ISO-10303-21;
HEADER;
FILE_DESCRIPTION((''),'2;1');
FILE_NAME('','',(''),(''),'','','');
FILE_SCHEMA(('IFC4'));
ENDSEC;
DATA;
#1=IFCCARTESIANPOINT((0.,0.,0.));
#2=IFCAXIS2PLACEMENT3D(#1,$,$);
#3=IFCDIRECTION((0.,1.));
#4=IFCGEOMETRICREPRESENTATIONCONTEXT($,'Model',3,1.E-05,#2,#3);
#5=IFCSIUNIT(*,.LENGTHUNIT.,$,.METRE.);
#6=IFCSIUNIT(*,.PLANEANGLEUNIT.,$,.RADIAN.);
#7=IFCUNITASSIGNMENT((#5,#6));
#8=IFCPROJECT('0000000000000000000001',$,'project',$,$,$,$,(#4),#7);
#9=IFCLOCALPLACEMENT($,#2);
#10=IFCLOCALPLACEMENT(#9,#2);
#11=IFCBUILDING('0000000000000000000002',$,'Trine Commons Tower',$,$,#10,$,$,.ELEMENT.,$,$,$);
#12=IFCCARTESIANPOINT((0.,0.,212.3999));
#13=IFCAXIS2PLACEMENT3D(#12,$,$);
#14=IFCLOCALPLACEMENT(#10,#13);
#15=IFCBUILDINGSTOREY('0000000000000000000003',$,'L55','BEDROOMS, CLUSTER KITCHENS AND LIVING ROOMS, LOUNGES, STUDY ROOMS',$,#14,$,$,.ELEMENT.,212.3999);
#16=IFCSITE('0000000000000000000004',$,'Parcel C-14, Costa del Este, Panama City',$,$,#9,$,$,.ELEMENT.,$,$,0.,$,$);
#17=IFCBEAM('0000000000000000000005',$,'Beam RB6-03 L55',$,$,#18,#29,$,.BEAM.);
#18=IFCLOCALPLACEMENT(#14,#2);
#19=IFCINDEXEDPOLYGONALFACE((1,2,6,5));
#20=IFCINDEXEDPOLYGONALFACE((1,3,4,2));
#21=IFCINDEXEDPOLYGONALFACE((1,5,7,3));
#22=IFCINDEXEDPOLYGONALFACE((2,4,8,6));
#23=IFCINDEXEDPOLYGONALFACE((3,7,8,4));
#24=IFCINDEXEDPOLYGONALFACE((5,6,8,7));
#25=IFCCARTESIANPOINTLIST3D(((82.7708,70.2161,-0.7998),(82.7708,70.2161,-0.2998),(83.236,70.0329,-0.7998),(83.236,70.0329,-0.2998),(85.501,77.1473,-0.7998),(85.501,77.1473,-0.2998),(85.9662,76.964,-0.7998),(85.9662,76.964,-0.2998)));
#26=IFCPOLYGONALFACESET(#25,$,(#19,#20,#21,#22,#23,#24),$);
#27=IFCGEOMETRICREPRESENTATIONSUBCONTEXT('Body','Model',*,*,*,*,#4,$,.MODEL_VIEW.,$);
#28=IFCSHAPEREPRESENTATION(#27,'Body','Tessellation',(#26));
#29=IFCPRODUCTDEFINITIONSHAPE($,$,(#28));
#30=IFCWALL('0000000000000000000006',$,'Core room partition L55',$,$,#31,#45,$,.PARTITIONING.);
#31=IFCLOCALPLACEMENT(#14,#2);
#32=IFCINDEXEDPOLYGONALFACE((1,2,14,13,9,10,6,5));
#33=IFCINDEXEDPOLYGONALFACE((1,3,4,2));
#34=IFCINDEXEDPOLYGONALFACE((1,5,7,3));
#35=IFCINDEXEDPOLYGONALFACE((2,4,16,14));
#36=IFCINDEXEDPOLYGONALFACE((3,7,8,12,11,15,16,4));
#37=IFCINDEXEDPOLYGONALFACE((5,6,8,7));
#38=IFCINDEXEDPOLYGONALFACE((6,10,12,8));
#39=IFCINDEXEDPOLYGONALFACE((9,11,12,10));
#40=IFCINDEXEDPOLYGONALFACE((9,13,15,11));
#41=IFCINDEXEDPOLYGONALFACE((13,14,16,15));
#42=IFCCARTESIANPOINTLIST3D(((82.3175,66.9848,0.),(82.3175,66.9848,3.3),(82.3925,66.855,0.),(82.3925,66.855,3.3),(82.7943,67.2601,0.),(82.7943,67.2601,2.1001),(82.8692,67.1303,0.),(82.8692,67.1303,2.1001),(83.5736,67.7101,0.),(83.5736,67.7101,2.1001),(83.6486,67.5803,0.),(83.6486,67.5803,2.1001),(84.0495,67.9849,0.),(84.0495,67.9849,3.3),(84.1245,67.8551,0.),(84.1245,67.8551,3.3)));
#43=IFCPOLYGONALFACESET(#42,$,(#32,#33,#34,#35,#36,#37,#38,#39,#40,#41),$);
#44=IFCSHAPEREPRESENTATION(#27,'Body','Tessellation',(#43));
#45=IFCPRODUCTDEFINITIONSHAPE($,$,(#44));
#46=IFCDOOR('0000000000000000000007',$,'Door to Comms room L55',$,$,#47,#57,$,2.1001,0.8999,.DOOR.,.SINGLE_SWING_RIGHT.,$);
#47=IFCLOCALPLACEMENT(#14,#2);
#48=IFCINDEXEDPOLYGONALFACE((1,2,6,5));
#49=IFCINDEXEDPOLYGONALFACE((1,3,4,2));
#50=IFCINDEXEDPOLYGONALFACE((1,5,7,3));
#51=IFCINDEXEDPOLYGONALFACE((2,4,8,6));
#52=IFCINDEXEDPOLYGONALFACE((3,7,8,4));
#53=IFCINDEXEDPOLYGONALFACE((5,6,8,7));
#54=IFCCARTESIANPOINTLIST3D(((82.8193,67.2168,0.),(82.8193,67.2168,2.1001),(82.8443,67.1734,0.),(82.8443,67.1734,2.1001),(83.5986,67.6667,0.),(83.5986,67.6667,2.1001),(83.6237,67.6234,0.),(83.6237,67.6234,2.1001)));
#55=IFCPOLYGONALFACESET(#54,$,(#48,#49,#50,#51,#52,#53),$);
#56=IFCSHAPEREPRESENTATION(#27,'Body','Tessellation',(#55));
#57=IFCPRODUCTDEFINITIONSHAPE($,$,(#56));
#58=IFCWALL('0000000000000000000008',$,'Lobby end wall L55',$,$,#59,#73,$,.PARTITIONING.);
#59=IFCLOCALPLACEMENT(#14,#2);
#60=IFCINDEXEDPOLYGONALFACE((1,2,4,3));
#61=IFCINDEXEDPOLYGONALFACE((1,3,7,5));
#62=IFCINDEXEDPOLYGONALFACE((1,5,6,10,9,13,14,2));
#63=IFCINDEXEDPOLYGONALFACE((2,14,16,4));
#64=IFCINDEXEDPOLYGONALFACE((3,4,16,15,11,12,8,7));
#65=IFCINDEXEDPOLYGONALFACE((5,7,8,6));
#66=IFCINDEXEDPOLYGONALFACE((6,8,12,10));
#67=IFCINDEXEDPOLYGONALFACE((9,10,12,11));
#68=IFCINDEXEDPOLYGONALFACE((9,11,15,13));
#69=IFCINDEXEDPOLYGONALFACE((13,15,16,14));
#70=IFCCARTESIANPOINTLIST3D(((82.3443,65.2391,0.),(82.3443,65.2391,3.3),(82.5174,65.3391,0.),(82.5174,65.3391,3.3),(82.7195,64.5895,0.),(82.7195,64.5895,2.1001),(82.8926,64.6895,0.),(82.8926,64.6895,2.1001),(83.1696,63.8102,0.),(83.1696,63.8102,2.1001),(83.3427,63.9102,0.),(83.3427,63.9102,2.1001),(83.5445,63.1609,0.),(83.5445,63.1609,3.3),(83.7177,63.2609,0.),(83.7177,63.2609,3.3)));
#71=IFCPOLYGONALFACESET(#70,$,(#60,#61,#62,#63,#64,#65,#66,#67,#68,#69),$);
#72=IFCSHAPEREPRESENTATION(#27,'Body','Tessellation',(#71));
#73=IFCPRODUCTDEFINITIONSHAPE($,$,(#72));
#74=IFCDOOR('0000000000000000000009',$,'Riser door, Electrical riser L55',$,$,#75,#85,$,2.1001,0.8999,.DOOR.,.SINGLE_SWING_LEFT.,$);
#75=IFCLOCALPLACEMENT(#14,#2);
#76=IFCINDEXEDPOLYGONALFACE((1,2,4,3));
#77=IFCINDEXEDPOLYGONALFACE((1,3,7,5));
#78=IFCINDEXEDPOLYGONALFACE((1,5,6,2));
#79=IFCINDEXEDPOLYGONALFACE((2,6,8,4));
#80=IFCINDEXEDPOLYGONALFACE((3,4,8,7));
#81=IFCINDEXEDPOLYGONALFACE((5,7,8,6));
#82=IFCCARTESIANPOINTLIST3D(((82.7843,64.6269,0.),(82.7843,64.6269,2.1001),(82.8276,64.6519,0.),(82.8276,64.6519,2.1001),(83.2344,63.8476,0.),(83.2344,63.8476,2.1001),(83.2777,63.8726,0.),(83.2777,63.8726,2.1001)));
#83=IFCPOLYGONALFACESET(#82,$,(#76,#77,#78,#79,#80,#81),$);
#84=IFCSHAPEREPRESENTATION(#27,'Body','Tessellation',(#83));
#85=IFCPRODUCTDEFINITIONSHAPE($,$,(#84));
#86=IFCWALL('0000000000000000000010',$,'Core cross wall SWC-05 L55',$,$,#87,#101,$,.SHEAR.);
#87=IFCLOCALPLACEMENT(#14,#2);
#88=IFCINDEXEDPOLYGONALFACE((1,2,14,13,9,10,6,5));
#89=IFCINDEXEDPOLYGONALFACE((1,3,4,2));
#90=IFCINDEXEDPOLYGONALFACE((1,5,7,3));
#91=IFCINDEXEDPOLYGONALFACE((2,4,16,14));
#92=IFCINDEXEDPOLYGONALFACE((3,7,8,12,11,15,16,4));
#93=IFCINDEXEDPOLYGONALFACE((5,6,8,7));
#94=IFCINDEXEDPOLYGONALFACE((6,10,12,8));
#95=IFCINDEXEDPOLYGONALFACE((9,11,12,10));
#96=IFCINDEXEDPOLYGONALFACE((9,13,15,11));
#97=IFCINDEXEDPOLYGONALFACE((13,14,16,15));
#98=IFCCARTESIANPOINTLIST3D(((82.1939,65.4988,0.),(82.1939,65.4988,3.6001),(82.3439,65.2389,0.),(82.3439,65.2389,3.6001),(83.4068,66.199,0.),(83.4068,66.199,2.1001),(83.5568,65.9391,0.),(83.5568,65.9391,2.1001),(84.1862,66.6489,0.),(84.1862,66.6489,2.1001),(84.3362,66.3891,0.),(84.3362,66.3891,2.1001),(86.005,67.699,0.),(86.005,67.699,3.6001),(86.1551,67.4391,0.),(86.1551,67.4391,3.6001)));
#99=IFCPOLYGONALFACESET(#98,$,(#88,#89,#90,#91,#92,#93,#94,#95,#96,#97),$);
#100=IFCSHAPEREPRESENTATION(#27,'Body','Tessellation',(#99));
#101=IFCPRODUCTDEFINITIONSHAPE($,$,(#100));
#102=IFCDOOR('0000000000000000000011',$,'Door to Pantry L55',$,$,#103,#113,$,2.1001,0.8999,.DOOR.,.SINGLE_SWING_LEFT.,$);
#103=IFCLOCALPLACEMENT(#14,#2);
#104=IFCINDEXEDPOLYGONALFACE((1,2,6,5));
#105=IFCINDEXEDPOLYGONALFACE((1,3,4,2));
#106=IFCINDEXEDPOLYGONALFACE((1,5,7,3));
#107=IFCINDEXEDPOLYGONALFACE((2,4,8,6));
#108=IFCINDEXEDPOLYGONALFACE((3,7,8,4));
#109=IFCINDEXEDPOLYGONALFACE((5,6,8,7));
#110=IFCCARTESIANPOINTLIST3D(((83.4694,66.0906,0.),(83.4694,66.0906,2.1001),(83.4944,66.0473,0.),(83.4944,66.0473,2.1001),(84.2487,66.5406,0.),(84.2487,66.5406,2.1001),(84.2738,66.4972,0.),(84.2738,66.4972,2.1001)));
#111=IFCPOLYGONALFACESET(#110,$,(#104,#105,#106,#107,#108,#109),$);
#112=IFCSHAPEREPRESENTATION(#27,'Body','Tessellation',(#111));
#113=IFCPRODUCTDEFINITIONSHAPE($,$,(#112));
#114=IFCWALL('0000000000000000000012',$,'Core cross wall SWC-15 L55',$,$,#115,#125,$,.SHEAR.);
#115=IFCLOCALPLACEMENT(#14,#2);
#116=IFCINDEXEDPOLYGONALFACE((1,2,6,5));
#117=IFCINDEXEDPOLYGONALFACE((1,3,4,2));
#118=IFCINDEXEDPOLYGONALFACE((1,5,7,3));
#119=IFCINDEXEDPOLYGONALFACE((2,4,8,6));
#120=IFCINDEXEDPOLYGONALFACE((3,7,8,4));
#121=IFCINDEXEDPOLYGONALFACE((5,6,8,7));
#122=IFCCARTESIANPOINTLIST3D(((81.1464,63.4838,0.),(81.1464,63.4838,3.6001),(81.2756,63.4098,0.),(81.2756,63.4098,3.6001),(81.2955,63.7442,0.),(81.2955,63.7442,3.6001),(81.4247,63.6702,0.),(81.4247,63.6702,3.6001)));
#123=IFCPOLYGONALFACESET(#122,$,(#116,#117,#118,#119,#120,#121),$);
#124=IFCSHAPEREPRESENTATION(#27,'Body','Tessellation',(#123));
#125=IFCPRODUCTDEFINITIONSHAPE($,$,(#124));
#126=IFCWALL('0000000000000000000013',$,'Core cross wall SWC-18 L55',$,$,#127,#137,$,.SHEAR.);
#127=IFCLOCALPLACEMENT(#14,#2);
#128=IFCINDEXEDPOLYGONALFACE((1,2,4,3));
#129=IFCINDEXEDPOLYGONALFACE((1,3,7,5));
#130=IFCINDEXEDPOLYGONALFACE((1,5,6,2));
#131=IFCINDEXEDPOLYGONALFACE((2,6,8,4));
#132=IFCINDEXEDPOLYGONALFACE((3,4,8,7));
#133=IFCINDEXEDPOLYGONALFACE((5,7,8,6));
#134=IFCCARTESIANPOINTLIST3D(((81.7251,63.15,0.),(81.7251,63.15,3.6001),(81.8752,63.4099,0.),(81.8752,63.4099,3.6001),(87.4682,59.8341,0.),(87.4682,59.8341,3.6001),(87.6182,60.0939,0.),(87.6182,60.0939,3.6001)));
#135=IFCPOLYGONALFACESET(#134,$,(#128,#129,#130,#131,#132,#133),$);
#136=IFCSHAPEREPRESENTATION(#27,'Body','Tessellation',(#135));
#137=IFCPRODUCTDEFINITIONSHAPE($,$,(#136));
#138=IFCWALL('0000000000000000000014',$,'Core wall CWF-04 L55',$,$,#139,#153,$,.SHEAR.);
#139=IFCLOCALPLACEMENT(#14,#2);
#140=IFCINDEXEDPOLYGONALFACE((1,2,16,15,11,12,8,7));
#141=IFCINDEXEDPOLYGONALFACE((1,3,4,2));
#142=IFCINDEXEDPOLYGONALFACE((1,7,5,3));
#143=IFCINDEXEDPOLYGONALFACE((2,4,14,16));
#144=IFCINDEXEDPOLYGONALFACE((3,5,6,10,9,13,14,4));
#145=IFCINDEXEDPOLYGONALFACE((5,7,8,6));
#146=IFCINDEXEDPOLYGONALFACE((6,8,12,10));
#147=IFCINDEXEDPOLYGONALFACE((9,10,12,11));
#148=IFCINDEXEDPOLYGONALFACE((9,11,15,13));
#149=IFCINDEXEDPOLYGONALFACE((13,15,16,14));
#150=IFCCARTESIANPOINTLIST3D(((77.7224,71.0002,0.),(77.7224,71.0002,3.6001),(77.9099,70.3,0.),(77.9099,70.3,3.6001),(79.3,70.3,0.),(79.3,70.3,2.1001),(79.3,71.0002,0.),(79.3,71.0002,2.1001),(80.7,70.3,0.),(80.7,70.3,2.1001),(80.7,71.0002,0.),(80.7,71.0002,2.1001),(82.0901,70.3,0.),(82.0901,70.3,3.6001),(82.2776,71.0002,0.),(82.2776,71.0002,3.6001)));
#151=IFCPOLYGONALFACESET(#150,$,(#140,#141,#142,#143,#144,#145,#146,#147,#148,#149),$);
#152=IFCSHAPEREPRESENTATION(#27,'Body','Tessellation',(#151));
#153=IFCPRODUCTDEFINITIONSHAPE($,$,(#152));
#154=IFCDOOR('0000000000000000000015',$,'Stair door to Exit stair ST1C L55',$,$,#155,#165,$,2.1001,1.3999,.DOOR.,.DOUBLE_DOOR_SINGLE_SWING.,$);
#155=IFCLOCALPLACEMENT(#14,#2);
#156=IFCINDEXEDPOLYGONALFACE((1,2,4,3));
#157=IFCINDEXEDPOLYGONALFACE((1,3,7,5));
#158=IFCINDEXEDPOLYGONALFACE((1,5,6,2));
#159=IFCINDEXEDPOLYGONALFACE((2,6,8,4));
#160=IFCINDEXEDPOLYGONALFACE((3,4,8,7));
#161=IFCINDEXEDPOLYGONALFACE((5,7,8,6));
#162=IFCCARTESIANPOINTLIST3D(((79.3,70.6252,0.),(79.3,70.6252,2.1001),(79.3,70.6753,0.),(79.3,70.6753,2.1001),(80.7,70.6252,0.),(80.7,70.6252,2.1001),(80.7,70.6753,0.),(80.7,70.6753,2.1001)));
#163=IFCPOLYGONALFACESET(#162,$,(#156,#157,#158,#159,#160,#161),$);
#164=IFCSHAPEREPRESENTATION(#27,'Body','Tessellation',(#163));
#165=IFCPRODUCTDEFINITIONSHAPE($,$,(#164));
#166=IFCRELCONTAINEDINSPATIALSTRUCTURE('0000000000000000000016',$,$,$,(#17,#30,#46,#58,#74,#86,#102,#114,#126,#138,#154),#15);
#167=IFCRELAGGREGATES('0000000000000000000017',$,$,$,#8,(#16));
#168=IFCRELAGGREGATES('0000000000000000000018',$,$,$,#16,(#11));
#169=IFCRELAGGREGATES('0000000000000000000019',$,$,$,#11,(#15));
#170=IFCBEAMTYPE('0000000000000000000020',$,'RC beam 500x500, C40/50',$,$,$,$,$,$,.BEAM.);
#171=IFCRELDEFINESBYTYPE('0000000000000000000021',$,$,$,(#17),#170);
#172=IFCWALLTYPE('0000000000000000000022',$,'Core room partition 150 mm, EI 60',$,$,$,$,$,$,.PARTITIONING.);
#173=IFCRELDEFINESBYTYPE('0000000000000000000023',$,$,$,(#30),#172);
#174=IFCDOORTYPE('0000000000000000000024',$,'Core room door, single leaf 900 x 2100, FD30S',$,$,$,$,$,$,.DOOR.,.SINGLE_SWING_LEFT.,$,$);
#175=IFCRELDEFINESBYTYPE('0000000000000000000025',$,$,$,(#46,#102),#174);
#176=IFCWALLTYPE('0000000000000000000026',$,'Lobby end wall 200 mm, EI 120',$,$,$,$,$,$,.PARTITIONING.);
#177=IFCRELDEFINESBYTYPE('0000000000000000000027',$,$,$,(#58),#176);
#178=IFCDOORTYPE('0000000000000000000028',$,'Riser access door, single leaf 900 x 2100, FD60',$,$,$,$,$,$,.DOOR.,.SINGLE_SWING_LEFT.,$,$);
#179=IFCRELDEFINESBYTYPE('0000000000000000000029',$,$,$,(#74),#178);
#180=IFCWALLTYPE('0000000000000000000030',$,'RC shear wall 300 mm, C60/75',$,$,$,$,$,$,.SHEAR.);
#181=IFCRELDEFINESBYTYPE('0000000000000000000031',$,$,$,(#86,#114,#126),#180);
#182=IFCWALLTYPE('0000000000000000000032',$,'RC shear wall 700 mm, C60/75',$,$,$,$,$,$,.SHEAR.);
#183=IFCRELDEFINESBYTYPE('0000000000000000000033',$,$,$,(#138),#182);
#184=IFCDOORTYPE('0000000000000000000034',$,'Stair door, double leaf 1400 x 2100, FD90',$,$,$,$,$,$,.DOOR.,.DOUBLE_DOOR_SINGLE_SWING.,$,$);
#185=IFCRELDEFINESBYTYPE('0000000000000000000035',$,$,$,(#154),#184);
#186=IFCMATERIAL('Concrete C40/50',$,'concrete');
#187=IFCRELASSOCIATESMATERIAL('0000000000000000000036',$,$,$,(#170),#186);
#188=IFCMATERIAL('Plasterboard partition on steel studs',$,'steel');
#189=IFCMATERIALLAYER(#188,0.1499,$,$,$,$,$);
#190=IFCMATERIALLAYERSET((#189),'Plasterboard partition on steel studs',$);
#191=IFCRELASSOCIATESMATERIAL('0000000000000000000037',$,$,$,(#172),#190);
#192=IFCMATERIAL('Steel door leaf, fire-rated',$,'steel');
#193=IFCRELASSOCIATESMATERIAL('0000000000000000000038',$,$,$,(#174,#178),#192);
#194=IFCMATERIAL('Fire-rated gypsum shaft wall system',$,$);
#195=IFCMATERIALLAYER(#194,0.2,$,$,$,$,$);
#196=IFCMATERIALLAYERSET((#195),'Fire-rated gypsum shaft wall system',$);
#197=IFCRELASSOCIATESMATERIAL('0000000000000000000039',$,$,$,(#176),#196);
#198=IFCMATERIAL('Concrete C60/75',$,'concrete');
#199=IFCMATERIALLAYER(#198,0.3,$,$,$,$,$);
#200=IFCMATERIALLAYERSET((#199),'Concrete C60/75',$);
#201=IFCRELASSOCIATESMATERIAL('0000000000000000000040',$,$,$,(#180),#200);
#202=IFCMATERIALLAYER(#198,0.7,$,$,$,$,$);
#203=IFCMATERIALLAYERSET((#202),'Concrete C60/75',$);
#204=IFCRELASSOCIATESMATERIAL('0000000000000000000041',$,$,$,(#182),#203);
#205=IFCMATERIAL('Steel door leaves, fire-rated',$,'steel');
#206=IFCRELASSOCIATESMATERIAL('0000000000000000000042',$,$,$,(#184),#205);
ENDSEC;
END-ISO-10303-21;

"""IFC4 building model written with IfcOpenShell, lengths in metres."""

from ifc_helpers import new_model, si_unit, direction, frame, frame_2d, origin, origin_2d, place, context, subcontext, project, spatial, polyline, rectangle, outline, extrude, material, layer, layer_set, material_profile, profile_set, type_object, element, fill, save


model = new_model("IFC4")

# Units and contexts
model_context = context("Model", 3, precision=1e-05, world=origin(), true_north=direction((0.0, 1.0)))
body_context = subcontext(model_context, "Body", "Model", "MODEL_VIEW")
ifc_project = project(units=[si_unit("LENGTHUNIT", "METRE"), si_unit("PLANEANGLEUNIT", "RADIAN")], contexts=[model_context])

# Site, building, storey
site_placement = place(None, origin())
site = spatial("IfcSite", under=ifc_project, at=site_placement, Name="Parcel C-14, Costa del Este, Panama City", CompositionType="ELEMENT", RefElevation=0.0)
building_placement = place(site_placement, origin())
building = spatial("IfcBuilding", under=site, at=building_placement, Name="Trine Commons Tower", CompositionType="ELEMENT")
storey_placement = place(building_placement, frame((0.0, 0.0, 212.3999)))
storey = spatial("IfcBuildingStorey", under=building, at=storey_placement, Name="L55", Description="BEDROOMS, CLUSTER KITCHENS AND LIVING ROOMS, LOUNGES, STUDY ROOMS", CompositionType="ELEMENT", Elevation=212.3999)

# Beam
ifc_material_1 = material(Name="Concrete C40/50", Category="concrete")
ifc_material_profile = material_profile(ifc_material_1, rectangle(XDim=0.5, YDim=0.5, at=origin_2d()), Name="RC 500x500")
ifc_profile_set = profile_set([ifc_material_profile], Name="Concrete C40/50")
beam_type = type_object("IfcBeamType", Name="RC beam 500x500, C40/50", PredefinedType="BEAM", material=ifc_profile_set)
beam_placement = place(storey_placement, frame((83.0034, 70.1245, -0.5498), z_axis=(0.366498, 0.930419, 0.0), x_axis=(-0.930419, 0.366498, 0.0)))
element("IfcBeam", 1, at=beam_placement, inside=storey, type_object=beam_type, Name="Beam RB6-03 L55", PredefinedType="BEAM", context=body_context, shape_type="SweptSolid", body=[
    extrude(rectangle(XDim=0.5, YDim=0.5, at=origin_2d()), origin(), (0.0, 0.0, 1.0), 7.4495),
])

# Walls, openings, doors
ifc_material_2 = material(Name="Plasterboard partition on steel studs", Category="steel")
ifc_layer_1 = layer(ifc_material_2, 0.1499)
ifc_layer_set_1 = layer_set([ifc_layer_1], Name="Plasterboard partition on steel studs")
wall_type_1 = type_object("IfcWallType", Name="Core room partition 150 mm, EI 60", PredefinedType="PARTITIONING", material=ifc_layer_set_1)
wall_1_placement = place(storey_placement, frame((82.355, 66.9199, 0.0), z_axis=(0.0, 0.0, 1.0), x_axis=(0.866011, 0.500025, 0.0)))
wall_1 = element("IfcWall", 2, at=wall_1_placement, inside=storey, type_object=wall_type_1, Name="Core room partition L55", PredefinedType="PARTITIONING", context=body_context, shape_type="SweptSolid", body=[
    extrude(rectangle(XDim=2.0, YDim=0.1499, at=frame_2d((1.0, 0.0))), origin(), (0.0, 0.0, 1.0), 3.3),
])
opening_1_placement = place(wall_1_placement, frame((0.5505, 0.0, 0.0)))
opening_1 = element("IfcOpeningElement", 3, at=opening_1_placement, cuts=wall_1, PredefinedType="OPENING", context=body_context, shape_type="SweptSolid", body=[
    extrude(rectangle(XDim=0.8999, YDim=2.1001, at=frame_2d((0.45, 1.05))), frame((0.0, 0.085, 0.0), z_axis=(0.0, -1.0, 0.0), x_axis=(1.0, 0.0, 0.0)), (0.0, 0.0, 1.0), 0.1699),
])
ifc_material_3 = material(Name="Steel door leaf, fire-rated", Category="steel")
door_type_1 = type_object("IfcDoorType", Name="Core room door, single leaf 900 x 2100, FD30S", OperationType="SINGLE_SWING_LEFT", PredefinedType="DOOR", material=ifc_material_3)
door_1_placement = place(opening_1_placement, origin())
door_1 = element("IfcDoor", 4, at=door_1_placement, inside=storey, type_object=door_type_1, Name="Door to Comms room L55", OperationType="SINGLE_SWING_RIGHT", OverallHeight=2.1001, OverallWidth=0.8999, PredefinedType="DOOR", context=body_context, shape_type="SweptSolid", body=[
    extrude(rectangle(XDim=0.8999, YDim=2.1001, at=frame_2d((0.45, 1.05))), frame((0.0, 0.0249, 0.0), z_axis=(0.0, -1.0, 0.0), x_axis=(1.0, 0.0, 0.0)), (0.0, 0.0, 1.0), 0.05),
])
fill(opening_1, door_1)
ifc_material_4 = material(Name="Fire-rated gypsum shaft wall system")
ifc_layer_2 = layer(ifc_material_4, 0.2)
ifc_layer_set_2 = layer_set([ifc_layer_2], Name="Fire-rated gypsum shaft wall system")
wall_type_2 = type_object("IfcWallType", Name="Lobby end wall 200 mm, EI 120", PredefinedType="PARTITIONING", material=ifc_layer_set_2)
wall_2_placement = place(storey_placement, frame((83.6311, 63.2109, 0.0), z_axis=(0.0, 0.0, 1.0), x_axis=(-0.500122, 0.865955, 0.0)))
wall_2 = element("IfcWall", 5, at=wall_2_placement, inside=storey, type_object=wall_type_2, Name="Lobby end wall L55", PredefinedType="PARTITIONING", context=body_context, shape_type="SweptSolid", body=[
    extrude(rectangle(XDim=2.3999, YDim=0.2, at=frame_2d((1.2, 0.0))), origin(), (0.0, 0.0, 1.0), 3.3),
])
opening_2_placement = place(wall_2_placement, frame((0.7498, 0.0, 0.0)))
opening_2 = element("IfcOpeningElement", 6, at=opening_2_placement, cuts=wall_2, PredefinedType="OPENING", context=body_context, shape_type="SweptSolid", body=[
    extrude(rectangle(XDim=0.8999, YDim=2.1001, at=frame_2d((0.45, 1.05))), frame((0.0, 0.1099, 0.0), z_axis=(0.0, -1.0, 0.0), x_axis=(1.0, 0.0, 0.0)), (0.0, 0.0, 1.0), 0.22),
])
door_type_2 = type_object("IfcDoorType", Name="Riser access door, single leaf 900 x 2100, FD60", OperationType="SINGLE_SWING_LEFT", PredefinedType="DOOR", material=ifc_material_3)
door_2_placement = place(opening_2_placement, frame((0.8999, 0.0, 0.0), z_axis=(0.0, 0.0, 1.0), x_axis=(-1.0, 0.0, 0.0)))
door_2 = element("IfcDoor", 7, at=door_2_placement, inside=storey, type_object=door_type_2, Name="Riser door, Electrical riser L55", OperationType="SINGLE_SWING_LEFT", OverallHeight=2.1001, OverallWidth=0.8999, PredefinedType="DOOR", context=body_context, shape_type="SweptSolid", body=[
    extrude(rectangle(XDim=0.8999, YDim=2.1001, at=frame_2d((0.45, 1.05))), frame((0.0, 0.0249, 0.0), z_axis=(0.0, -1.0, 0.0), x_axis=(1.0, 0.0, 0.0)), (0.0, 0.0, 1.0), 0.05),
])
fill(opening_2, door_2)
ifc_material_5 = material(Name="Concrete C60/75", Category="concrete")
ifc_layer_3 = layer(ifc_material_5, 0.3)
ifc_layer_set_3 = layer_set([ifc_layer_3], Name="Concrete C60/75")
wall_type_3 = type_object("IfcWallType", Name="RC shear wall 300 mm, C60/75", PredefinedType="SHEAR", material=ifc_layer_set_3)
wall_3_placement = place(storey_placement, frame((82.269, 65.3689, 0.0), z_axis=(0.0, 0.0, 1.0), x_axis=(0.866036, 0.499982, 0.0)))
wall_3 = element("IfcWall", 8, at=wall_3_placement, inside=storey, type_object=wall_type_3, Name="Core cross wall SWC-05 L55", PredefinedType="SHEAR", context=body_context, shape_type="SweptSolid", body=[
    extrude(rectangle(XDim=4.4006, YDim=0.3, at=frame_2d((2.2002, 0.0))), origin(), (0.0, 0.0, 1.0), 3.6001),
])
opening_3_placement = place(wall_3_placement, frame((1.4004, 0.0, 0.0)))
opening_3 = element("IfcOpeningElement", 9, at=opening_3_placement, cuts=wall_3, PredefinedType="OPENING", context=body_context, shape_type="SweptSolid", body=[
    extrude(rectangle(XDim=0.8999, YDim=2.1001, at=frame_2d((0.45, 1.05))), frame((0.0, 0.1599, 0.0), z_axis=(0.0, -1.0, 0.0), x_axis=(1.0, 0.0, 0.0)), (0.0, 0.0, 1.0), 0.3201),
])
door_3_placement = place(opening_3_placement, origin())
door_3 = element("IfcDoor", 10, at=door_3_placement, inside=storey, type_object=door_type_1, Name="Door to Pantry L55", OperationType="SINGLE_SWING_LEFT", OverallHeight=2.1001, OverallWidth=0.8999, PredefinedType="DOOR", context=body_context, shape_type="SweptSolid", body=[
    extrude(rectangle(XDim=0.8999, YDim=2.1001, at=frame_2d((0.45, 1.05))), frame((0.0, 0.0249, 0.0), z_axis=(0.0, -1.0, 0.0), x_axis=(1.0, 0.0, 0.0)), (0.0, 0.0, 1.0), 0.05),
])
fill(opening_3, door_3)

# Walls
wall_4_placement = place(storey_placement, frame((81.2209, 63.614, 0.0), z_axis=(0.0, 0.0, 1.0), x_axis=(0.867738, -0.497022, 0.0)))
element("IfcWall", 11, at=wall_4_placement, inside=storey, type_object=wall_type_3, Name="Core cross wall SWC-15 L55", PredefinedType="SHEAR", context=body_context, shape_type="SweptSolid", body=[
    extrude(rectangle(XDim=0.1489, YDim=0.3, at=frame_2d((0.0745, 0.0))), origin(), (0.0, 0.0, 1.0), 3.6001),
])
wall_5_placement = place(storey_placement, frame((81.8, 63.28, 0.0), z_axis=(0.0, 0.0, 1.0), x_axis=(0.86601, -0.500027, 0.0)))
element("IfcWall", 12, at=wall_5_placement, inside=storey, type_object=wall_type_3, Name="Core cross wall SWC-18 L55", PredefinedType="SHEAR", context=body_context, shape_type="SweptSolid", body=[
    extrude(rectangle(XDim=6.6316, YDim=0.3, at=frame_2d((3.3159, 0.0))), origin(), (0.0, 0.0, 1.0), 3.6001),
])

# Wall, opening, door
ifc_layer_4 = layer(ifc_material_5, 0.7)
ifc_layer_set_4 = layer_set([ifc_layer_4], Name="Concrete C60/75")
wall_type_4 = type_object("IfcWallType", Name="RC shear wall 700 mm, C60/75", PredefinedType="SHEAR", material=ifc_layer_set_4)
wall_6_placement = place(storey_placement, frame((82.2776, 70.6501, 0.0), z_axis=(0.0, 0.0, 1.0), x_axis=(-1.0, 0.0, 0.0)))
wall_6 = element("IfcWall", 13, at=wall_6_placement, inside=storey, type_object=wall_type_4, Name="Core wall CWF-04 L55", PredefinedType="SHEAR", context=body_context, shape_type="SweptSolid", body=[
    extrude(outline(polyline([(0.0, -0.3501), (4.5552, -0.3501), (4.3677, 0.3501), (0.1875, 0.3501), (0.0, -0.3501)])), origin(), (0.0, 0.0, 1.0), 3.6001),
])
opening_4_placement = place(wall_6_placement, frame((1.5776, 0.0, 0.0)))
opening_4 = element("IfcOpeningElement", 14, at=opening_4_placement, cuts=wall_6, PredefinedType="OPENING", context=body_context, shape_type="SweptSolid", body=[
    extrude(rectangle(XDim=1.3999, YDim=2.1001, at=frame_2d((0.7, 1.05))), frame((0.0, 0.3599, 0.0), z_axis=(0.0, -1.0, 0.0), x_axis=(1.0, 0.0, 0.0)), (0.0, 0.0, 1.0), 0.72),
])
ifc_material_6 = material(Name="Steel door leaves, fire-rated", Category="steel")
door_type_3 = type_object("IfcDoorType", Name="Stair door, double leaf 1400 x 2100, FD90", OperationType="DOUBLE_DOOR_SINGLE_SWING", PredefinedType="DOOR", material=ifc_material_6)
door_4_placement = place(opening_4_placement, origin())
door_4 = element("IfcDoor", 15, at=door_4_placement, inside=storey, type_object=door_type_3, Name="Stair door to Exit stair ST1C L55", OperationType="DOUBLE_DOOR_SINGLE_SWING", OverallHeight=2.1001, OverallWidth=1.3999, PredefinedType="DOOR", context=body_context, shape_type="SweptSolid", body=[
    extrude(rectangle(XDim=1.3999, YDim=2.1001, at=frame_2d((0.7, 1.05))), frame((0.0, 0.0249, 0.0), z_axis=(0.0, -1.0, 0.0), x_axis=(1.0, 0.0, 0.0)), (0.0, 0.0, 1.0), 0.05),
])
fill(opening_4, door_4)

save(model, "model.ifc")
